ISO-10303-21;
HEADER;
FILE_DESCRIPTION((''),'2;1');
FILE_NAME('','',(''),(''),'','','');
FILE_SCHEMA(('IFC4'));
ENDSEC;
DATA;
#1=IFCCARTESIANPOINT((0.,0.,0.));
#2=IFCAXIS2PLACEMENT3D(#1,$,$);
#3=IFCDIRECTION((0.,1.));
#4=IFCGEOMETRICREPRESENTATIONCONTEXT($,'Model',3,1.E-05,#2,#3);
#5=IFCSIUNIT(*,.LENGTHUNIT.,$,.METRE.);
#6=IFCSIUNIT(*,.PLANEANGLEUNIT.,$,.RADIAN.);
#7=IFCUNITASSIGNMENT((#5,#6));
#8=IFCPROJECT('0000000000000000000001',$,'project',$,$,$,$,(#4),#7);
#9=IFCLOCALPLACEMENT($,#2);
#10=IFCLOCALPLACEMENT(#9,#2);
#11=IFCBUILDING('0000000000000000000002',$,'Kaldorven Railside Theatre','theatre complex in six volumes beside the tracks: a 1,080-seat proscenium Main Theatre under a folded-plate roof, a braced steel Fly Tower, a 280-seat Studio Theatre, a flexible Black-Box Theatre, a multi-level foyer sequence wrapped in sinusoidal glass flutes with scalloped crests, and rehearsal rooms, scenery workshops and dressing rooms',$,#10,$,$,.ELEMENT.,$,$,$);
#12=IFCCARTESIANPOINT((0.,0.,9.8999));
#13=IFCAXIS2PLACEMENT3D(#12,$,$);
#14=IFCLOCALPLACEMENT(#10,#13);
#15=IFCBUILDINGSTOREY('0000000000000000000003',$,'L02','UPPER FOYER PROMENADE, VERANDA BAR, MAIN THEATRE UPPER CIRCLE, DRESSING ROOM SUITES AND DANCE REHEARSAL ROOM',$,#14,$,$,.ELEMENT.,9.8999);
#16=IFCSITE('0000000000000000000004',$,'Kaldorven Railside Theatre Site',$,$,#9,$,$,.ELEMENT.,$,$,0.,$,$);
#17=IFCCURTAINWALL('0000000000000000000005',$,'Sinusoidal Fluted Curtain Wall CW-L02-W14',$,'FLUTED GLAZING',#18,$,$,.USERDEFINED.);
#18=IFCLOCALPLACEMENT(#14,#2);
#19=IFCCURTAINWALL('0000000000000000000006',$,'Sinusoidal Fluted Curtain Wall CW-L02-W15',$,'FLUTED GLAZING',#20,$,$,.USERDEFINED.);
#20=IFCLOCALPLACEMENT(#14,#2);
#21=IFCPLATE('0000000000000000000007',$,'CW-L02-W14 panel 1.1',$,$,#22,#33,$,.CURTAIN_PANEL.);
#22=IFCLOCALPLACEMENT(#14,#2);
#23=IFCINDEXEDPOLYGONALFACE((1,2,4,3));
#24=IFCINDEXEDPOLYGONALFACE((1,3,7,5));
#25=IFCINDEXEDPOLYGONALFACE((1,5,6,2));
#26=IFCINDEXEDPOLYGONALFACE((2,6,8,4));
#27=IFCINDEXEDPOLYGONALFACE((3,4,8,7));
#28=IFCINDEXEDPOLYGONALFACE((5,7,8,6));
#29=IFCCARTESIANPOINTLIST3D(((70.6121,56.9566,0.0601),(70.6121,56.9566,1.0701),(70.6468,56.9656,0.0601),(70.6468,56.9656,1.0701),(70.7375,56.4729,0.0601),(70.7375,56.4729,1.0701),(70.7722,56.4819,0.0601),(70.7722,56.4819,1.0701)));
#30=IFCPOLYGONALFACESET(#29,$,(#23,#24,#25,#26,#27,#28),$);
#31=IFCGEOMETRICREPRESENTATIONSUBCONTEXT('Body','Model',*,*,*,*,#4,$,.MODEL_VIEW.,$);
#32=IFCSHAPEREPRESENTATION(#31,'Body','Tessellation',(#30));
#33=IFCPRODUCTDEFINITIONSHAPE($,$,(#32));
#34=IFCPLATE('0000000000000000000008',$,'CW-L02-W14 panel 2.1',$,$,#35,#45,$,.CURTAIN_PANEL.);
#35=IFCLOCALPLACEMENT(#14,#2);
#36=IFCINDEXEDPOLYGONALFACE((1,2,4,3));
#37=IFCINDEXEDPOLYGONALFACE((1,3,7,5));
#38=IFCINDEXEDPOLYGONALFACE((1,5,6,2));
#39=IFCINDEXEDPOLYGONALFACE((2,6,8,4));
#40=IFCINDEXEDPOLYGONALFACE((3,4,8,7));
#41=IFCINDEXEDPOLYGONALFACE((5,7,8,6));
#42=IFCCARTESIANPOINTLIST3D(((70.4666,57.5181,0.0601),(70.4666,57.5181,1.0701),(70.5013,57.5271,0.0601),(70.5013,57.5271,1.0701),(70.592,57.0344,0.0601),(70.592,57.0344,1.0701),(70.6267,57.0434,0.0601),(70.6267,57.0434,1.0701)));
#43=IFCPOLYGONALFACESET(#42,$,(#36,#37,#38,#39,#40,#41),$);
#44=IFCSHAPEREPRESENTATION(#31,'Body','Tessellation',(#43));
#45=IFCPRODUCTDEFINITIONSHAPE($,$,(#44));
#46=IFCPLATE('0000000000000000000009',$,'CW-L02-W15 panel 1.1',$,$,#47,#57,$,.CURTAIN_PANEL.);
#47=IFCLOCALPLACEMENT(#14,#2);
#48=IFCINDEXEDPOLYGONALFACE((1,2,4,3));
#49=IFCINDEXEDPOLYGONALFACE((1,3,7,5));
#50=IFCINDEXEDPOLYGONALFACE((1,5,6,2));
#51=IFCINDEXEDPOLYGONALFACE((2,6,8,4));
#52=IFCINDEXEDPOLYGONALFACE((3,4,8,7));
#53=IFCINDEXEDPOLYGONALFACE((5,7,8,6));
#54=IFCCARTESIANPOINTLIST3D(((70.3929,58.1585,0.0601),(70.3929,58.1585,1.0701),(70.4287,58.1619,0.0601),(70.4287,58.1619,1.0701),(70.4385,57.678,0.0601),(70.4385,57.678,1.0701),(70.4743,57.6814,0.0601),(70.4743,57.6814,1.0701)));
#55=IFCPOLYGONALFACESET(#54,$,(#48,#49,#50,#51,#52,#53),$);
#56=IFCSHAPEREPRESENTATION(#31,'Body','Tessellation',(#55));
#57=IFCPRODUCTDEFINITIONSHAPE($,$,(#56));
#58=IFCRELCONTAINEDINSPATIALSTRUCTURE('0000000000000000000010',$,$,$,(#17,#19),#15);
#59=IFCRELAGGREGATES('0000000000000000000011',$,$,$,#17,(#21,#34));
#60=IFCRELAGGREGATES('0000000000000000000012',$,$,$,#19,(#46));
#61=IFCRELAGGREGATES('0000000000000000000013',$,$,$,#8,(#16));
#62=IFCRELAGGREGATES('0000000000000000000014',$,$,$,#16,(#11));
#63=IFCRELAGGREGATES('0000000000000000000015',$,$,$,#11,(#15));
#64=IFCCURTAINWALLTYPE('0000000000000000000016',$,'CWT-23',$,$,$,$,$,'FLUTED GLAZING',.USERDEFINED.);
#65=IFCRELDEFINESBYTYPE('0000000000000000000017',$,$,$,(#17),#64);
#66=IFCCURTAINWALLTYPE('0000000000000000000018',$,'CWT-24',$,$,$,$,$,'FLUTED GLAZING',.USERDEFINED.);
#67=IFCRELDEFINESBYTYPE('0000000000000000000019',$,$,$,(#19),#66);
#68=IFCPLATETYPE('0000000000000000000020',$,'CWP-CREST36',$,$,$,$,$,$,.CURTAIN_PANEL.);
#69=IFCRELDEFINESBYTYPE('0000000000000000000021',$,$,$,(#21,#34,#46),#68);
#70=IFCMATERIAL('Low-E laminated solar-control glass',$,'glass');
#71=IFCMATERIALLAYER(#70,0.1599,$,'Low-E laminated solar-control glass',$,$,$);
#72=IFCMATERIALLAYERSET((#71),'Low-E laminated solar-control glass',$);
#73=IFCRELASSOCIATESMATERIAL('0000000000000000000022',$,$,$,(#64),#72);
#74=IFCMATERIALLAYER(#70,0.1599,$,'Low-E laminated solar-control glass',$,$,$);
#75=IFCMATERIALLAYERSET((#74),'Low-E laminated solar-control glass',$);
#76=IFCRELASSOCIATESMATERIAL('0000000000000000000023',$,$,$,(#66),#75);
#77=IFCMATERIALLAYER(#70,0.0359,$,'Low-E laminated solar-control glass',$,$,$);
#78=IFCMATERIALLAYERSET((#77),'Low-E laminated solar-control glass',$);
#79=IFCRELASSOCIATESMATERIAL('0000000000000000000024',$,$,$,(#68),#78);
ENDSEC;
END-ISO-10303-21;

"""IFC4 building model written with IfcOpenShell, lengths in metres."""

from ifc_helpers import new_model, si_unit, direction, frame, origin, origin_2d, place, context, subcontext, project, spatial, rectangle, extrude, material, layer, layer_set, type_object, element, aggregate, save


model = new_model("IFC4")

# Units and contexts
model_context = context("Model", 3, precision=1e-05, world=origin(), true_north=direction((0.0, 1.0)))
body_context = subcontext(model_context, "Body", "Model", "MODEL_VIEW")
ifc_project = project(units=[si_unit("LENGTHUNIT", "METRE"), si_unit("PLANEANGLEUNIT", "RADIAN")], contexts=[model_context])

# Site, building, storey
site_placement = place(None, origin())
site = spatial("IfcSite", under=ifc_project, at=site_placement, Name="Kaldorven Railside Theatre Site", CompositionType="ELEMENT", RefElevation=0.0)
building_placement = place(site_placement, origin())
building = spatial("IfcBuilding", under=site, at=building_placement, Name="Kaldorven Railside Theatre", Description="theatre complex in six volumes beside the tracks: a 1,080-seat proscenium Main Theatre under a folded-plate roof, a braced steel Fly Tower, a 280-seat Studio Theatre, a flexible Black-Box Theatre, a multi-level foyer sequence wrapped in sinusoidal glass flutes with scalloped crests, and rehearsal rooms, scenery workshops and dressing rooms", CompositionType="ELEMENT")
storey_placement = place(building_placement, frame((0.0, 0.0, 9.8999)))
storey = spatial("IfcBuildingStorey", under=building, at=storey_placement, Name="L02", Description="UPPER FOYER PROMENADE, VERANDA BAR, MAIN THEATRE UPPER CIRCLE, DRESSING ROOM SUITES AND DANCE REHEARSAL ROOM", CompositionType="ELEMENT", Elevation=9.8999)

# Curtain walls
ifc_material_1 = material(Name="Low-E laminated solar-control glass", Category="glass")
ifc_layer_1 = layer(ifc_material_1, 0.1599, Name="Low-E laminated solar-control glass")
ifc_layer_set_1 = layer_set([ifc_layer_1], Name="Low-E laminated solar-control glass")
curtain_wall_type_1 = type_object("IfcCurtainWallType", Name="CWT-23", ElementType="FLUTED GLAZING", PredefinedType="USERDEFINED", material=ifc_layer_set_1)
curtain_wall_1_placement = place(storey_placement, origin())
curtain_wall_1 = element("IfcCurtainWall", 1, at=curtain_wall_1_placement, inside=storey, type_object=curtain_wall_type_1, Name="Sinusoidal Fluted Curtain Wall CW-L02-W14", ObjectType="FLUTED GLAZING", PredefinedType="USERDEFINED")
ifc_layer_2 = layer(ifc_material_1, 0.1599, Name="Low-E laminated solar-control glass")
ifc_layer_set_2 = layer_set([ifc_layer_2], Name="Low-E laminated solar-control glass")
curtain_wall_type_2 = type_object("IfcCurtainWallType", Name="CWT-24", ElementType="FLUTED GLAZING", PredefinedType="USERDEFINED", material=ifc_layer_set_2)
curtain_wall_2_placement = place(storey_placement, origin())
curtain_wall_2 = element("IfcCurtainWall", 2, at=curtain_wall_2_placement, inside=storey, type_object=curtain_wall_type_2, Name="Sinusoidal Fluted Curtain Wall CW-L02-W15", ObjectType="FLUTED GLAZING", PredefinedType="USERDEFINED")

# Plates
ifc_layer_3 = layer(ifc_material_1, 0.0359, Name="Low-E laminated solar-control glass")
ifc_layer_set_3 = layer_set([ifc_layer_3], Name="Low-E laminated solar-control glass")
plate_type = type_object("IfcPlateType", Name="CWP-CREST36", PredefinedType="CURTAIN_PANEL", material=ifc_layer_set_3)
plate_1_placement = place(storey_placement, frame((70.6921, 56.7192, 0.0601), z_axis=(0.0, 0.0, 1.0), x_axis=(-0.250954, 0.967999, 0.0)))
plate_1 = element("IfcPlate", 3, at=plate_1_placement, type_object=plate_type, Name="CW-L02-W14 panel 1.1", PredefinedType="CURTAIN_PANEL", context=body_context, shape_type="SweptSolid", body=[
    extrude(rectangle(XDim=0.4998, YDim=0.0359, at=origin_2d()), origin(), (0.0, 0.0, 1.0), 1.01),
])
plate_2_placement = place(storey_placement, frame((70.5466, 57.2808, 0.0601), z_axis=(0.0, 0.0, 1.0), x_axis=(-0.250954, 0.967999, 0.0)))
plate_2 = element("IfcPlate", 4, at=plate_2_placement, type_object=plate_type, Name="CW-L02-W14 panel 2.1", PredefinedType="CURTAIN_PANEL", context=body_context, shape_type="SweptSolid", body=[
    extrude(rectangle(XDim=0.4998, YDim=0.0359, at=origin_2d()), origin(), (0.0, 0.0, 1.0), 1.01),
])
aggregate(curtain_wall_1, [plate_1, plate_2])
plate_3_placement = place(storey_placement, frame((70.4336, 57.9199, 0.0601), z_axis=(0.0, 0.0, 1.0), x_axis=(-0.094492, 0.995526, 0.0)))
plate_3 = element("IfcPlate", 5, at=plate_3_placement, type_object=plate_type, Name="CW-L02-W15 panel 1.1", PredefinedType="CURTAIN_PANEL", context=body_context, shape_type="SweptSolid", body=[
    extrude(rectangle(XDim=0.4827, YDim=0.0359, at=origin_2d()), origin(), (0.0, 0.0, 1.0), 1.01),
])
aggregate(curtain_wall_2, [plate_3])

save(model, "model.ifc")
